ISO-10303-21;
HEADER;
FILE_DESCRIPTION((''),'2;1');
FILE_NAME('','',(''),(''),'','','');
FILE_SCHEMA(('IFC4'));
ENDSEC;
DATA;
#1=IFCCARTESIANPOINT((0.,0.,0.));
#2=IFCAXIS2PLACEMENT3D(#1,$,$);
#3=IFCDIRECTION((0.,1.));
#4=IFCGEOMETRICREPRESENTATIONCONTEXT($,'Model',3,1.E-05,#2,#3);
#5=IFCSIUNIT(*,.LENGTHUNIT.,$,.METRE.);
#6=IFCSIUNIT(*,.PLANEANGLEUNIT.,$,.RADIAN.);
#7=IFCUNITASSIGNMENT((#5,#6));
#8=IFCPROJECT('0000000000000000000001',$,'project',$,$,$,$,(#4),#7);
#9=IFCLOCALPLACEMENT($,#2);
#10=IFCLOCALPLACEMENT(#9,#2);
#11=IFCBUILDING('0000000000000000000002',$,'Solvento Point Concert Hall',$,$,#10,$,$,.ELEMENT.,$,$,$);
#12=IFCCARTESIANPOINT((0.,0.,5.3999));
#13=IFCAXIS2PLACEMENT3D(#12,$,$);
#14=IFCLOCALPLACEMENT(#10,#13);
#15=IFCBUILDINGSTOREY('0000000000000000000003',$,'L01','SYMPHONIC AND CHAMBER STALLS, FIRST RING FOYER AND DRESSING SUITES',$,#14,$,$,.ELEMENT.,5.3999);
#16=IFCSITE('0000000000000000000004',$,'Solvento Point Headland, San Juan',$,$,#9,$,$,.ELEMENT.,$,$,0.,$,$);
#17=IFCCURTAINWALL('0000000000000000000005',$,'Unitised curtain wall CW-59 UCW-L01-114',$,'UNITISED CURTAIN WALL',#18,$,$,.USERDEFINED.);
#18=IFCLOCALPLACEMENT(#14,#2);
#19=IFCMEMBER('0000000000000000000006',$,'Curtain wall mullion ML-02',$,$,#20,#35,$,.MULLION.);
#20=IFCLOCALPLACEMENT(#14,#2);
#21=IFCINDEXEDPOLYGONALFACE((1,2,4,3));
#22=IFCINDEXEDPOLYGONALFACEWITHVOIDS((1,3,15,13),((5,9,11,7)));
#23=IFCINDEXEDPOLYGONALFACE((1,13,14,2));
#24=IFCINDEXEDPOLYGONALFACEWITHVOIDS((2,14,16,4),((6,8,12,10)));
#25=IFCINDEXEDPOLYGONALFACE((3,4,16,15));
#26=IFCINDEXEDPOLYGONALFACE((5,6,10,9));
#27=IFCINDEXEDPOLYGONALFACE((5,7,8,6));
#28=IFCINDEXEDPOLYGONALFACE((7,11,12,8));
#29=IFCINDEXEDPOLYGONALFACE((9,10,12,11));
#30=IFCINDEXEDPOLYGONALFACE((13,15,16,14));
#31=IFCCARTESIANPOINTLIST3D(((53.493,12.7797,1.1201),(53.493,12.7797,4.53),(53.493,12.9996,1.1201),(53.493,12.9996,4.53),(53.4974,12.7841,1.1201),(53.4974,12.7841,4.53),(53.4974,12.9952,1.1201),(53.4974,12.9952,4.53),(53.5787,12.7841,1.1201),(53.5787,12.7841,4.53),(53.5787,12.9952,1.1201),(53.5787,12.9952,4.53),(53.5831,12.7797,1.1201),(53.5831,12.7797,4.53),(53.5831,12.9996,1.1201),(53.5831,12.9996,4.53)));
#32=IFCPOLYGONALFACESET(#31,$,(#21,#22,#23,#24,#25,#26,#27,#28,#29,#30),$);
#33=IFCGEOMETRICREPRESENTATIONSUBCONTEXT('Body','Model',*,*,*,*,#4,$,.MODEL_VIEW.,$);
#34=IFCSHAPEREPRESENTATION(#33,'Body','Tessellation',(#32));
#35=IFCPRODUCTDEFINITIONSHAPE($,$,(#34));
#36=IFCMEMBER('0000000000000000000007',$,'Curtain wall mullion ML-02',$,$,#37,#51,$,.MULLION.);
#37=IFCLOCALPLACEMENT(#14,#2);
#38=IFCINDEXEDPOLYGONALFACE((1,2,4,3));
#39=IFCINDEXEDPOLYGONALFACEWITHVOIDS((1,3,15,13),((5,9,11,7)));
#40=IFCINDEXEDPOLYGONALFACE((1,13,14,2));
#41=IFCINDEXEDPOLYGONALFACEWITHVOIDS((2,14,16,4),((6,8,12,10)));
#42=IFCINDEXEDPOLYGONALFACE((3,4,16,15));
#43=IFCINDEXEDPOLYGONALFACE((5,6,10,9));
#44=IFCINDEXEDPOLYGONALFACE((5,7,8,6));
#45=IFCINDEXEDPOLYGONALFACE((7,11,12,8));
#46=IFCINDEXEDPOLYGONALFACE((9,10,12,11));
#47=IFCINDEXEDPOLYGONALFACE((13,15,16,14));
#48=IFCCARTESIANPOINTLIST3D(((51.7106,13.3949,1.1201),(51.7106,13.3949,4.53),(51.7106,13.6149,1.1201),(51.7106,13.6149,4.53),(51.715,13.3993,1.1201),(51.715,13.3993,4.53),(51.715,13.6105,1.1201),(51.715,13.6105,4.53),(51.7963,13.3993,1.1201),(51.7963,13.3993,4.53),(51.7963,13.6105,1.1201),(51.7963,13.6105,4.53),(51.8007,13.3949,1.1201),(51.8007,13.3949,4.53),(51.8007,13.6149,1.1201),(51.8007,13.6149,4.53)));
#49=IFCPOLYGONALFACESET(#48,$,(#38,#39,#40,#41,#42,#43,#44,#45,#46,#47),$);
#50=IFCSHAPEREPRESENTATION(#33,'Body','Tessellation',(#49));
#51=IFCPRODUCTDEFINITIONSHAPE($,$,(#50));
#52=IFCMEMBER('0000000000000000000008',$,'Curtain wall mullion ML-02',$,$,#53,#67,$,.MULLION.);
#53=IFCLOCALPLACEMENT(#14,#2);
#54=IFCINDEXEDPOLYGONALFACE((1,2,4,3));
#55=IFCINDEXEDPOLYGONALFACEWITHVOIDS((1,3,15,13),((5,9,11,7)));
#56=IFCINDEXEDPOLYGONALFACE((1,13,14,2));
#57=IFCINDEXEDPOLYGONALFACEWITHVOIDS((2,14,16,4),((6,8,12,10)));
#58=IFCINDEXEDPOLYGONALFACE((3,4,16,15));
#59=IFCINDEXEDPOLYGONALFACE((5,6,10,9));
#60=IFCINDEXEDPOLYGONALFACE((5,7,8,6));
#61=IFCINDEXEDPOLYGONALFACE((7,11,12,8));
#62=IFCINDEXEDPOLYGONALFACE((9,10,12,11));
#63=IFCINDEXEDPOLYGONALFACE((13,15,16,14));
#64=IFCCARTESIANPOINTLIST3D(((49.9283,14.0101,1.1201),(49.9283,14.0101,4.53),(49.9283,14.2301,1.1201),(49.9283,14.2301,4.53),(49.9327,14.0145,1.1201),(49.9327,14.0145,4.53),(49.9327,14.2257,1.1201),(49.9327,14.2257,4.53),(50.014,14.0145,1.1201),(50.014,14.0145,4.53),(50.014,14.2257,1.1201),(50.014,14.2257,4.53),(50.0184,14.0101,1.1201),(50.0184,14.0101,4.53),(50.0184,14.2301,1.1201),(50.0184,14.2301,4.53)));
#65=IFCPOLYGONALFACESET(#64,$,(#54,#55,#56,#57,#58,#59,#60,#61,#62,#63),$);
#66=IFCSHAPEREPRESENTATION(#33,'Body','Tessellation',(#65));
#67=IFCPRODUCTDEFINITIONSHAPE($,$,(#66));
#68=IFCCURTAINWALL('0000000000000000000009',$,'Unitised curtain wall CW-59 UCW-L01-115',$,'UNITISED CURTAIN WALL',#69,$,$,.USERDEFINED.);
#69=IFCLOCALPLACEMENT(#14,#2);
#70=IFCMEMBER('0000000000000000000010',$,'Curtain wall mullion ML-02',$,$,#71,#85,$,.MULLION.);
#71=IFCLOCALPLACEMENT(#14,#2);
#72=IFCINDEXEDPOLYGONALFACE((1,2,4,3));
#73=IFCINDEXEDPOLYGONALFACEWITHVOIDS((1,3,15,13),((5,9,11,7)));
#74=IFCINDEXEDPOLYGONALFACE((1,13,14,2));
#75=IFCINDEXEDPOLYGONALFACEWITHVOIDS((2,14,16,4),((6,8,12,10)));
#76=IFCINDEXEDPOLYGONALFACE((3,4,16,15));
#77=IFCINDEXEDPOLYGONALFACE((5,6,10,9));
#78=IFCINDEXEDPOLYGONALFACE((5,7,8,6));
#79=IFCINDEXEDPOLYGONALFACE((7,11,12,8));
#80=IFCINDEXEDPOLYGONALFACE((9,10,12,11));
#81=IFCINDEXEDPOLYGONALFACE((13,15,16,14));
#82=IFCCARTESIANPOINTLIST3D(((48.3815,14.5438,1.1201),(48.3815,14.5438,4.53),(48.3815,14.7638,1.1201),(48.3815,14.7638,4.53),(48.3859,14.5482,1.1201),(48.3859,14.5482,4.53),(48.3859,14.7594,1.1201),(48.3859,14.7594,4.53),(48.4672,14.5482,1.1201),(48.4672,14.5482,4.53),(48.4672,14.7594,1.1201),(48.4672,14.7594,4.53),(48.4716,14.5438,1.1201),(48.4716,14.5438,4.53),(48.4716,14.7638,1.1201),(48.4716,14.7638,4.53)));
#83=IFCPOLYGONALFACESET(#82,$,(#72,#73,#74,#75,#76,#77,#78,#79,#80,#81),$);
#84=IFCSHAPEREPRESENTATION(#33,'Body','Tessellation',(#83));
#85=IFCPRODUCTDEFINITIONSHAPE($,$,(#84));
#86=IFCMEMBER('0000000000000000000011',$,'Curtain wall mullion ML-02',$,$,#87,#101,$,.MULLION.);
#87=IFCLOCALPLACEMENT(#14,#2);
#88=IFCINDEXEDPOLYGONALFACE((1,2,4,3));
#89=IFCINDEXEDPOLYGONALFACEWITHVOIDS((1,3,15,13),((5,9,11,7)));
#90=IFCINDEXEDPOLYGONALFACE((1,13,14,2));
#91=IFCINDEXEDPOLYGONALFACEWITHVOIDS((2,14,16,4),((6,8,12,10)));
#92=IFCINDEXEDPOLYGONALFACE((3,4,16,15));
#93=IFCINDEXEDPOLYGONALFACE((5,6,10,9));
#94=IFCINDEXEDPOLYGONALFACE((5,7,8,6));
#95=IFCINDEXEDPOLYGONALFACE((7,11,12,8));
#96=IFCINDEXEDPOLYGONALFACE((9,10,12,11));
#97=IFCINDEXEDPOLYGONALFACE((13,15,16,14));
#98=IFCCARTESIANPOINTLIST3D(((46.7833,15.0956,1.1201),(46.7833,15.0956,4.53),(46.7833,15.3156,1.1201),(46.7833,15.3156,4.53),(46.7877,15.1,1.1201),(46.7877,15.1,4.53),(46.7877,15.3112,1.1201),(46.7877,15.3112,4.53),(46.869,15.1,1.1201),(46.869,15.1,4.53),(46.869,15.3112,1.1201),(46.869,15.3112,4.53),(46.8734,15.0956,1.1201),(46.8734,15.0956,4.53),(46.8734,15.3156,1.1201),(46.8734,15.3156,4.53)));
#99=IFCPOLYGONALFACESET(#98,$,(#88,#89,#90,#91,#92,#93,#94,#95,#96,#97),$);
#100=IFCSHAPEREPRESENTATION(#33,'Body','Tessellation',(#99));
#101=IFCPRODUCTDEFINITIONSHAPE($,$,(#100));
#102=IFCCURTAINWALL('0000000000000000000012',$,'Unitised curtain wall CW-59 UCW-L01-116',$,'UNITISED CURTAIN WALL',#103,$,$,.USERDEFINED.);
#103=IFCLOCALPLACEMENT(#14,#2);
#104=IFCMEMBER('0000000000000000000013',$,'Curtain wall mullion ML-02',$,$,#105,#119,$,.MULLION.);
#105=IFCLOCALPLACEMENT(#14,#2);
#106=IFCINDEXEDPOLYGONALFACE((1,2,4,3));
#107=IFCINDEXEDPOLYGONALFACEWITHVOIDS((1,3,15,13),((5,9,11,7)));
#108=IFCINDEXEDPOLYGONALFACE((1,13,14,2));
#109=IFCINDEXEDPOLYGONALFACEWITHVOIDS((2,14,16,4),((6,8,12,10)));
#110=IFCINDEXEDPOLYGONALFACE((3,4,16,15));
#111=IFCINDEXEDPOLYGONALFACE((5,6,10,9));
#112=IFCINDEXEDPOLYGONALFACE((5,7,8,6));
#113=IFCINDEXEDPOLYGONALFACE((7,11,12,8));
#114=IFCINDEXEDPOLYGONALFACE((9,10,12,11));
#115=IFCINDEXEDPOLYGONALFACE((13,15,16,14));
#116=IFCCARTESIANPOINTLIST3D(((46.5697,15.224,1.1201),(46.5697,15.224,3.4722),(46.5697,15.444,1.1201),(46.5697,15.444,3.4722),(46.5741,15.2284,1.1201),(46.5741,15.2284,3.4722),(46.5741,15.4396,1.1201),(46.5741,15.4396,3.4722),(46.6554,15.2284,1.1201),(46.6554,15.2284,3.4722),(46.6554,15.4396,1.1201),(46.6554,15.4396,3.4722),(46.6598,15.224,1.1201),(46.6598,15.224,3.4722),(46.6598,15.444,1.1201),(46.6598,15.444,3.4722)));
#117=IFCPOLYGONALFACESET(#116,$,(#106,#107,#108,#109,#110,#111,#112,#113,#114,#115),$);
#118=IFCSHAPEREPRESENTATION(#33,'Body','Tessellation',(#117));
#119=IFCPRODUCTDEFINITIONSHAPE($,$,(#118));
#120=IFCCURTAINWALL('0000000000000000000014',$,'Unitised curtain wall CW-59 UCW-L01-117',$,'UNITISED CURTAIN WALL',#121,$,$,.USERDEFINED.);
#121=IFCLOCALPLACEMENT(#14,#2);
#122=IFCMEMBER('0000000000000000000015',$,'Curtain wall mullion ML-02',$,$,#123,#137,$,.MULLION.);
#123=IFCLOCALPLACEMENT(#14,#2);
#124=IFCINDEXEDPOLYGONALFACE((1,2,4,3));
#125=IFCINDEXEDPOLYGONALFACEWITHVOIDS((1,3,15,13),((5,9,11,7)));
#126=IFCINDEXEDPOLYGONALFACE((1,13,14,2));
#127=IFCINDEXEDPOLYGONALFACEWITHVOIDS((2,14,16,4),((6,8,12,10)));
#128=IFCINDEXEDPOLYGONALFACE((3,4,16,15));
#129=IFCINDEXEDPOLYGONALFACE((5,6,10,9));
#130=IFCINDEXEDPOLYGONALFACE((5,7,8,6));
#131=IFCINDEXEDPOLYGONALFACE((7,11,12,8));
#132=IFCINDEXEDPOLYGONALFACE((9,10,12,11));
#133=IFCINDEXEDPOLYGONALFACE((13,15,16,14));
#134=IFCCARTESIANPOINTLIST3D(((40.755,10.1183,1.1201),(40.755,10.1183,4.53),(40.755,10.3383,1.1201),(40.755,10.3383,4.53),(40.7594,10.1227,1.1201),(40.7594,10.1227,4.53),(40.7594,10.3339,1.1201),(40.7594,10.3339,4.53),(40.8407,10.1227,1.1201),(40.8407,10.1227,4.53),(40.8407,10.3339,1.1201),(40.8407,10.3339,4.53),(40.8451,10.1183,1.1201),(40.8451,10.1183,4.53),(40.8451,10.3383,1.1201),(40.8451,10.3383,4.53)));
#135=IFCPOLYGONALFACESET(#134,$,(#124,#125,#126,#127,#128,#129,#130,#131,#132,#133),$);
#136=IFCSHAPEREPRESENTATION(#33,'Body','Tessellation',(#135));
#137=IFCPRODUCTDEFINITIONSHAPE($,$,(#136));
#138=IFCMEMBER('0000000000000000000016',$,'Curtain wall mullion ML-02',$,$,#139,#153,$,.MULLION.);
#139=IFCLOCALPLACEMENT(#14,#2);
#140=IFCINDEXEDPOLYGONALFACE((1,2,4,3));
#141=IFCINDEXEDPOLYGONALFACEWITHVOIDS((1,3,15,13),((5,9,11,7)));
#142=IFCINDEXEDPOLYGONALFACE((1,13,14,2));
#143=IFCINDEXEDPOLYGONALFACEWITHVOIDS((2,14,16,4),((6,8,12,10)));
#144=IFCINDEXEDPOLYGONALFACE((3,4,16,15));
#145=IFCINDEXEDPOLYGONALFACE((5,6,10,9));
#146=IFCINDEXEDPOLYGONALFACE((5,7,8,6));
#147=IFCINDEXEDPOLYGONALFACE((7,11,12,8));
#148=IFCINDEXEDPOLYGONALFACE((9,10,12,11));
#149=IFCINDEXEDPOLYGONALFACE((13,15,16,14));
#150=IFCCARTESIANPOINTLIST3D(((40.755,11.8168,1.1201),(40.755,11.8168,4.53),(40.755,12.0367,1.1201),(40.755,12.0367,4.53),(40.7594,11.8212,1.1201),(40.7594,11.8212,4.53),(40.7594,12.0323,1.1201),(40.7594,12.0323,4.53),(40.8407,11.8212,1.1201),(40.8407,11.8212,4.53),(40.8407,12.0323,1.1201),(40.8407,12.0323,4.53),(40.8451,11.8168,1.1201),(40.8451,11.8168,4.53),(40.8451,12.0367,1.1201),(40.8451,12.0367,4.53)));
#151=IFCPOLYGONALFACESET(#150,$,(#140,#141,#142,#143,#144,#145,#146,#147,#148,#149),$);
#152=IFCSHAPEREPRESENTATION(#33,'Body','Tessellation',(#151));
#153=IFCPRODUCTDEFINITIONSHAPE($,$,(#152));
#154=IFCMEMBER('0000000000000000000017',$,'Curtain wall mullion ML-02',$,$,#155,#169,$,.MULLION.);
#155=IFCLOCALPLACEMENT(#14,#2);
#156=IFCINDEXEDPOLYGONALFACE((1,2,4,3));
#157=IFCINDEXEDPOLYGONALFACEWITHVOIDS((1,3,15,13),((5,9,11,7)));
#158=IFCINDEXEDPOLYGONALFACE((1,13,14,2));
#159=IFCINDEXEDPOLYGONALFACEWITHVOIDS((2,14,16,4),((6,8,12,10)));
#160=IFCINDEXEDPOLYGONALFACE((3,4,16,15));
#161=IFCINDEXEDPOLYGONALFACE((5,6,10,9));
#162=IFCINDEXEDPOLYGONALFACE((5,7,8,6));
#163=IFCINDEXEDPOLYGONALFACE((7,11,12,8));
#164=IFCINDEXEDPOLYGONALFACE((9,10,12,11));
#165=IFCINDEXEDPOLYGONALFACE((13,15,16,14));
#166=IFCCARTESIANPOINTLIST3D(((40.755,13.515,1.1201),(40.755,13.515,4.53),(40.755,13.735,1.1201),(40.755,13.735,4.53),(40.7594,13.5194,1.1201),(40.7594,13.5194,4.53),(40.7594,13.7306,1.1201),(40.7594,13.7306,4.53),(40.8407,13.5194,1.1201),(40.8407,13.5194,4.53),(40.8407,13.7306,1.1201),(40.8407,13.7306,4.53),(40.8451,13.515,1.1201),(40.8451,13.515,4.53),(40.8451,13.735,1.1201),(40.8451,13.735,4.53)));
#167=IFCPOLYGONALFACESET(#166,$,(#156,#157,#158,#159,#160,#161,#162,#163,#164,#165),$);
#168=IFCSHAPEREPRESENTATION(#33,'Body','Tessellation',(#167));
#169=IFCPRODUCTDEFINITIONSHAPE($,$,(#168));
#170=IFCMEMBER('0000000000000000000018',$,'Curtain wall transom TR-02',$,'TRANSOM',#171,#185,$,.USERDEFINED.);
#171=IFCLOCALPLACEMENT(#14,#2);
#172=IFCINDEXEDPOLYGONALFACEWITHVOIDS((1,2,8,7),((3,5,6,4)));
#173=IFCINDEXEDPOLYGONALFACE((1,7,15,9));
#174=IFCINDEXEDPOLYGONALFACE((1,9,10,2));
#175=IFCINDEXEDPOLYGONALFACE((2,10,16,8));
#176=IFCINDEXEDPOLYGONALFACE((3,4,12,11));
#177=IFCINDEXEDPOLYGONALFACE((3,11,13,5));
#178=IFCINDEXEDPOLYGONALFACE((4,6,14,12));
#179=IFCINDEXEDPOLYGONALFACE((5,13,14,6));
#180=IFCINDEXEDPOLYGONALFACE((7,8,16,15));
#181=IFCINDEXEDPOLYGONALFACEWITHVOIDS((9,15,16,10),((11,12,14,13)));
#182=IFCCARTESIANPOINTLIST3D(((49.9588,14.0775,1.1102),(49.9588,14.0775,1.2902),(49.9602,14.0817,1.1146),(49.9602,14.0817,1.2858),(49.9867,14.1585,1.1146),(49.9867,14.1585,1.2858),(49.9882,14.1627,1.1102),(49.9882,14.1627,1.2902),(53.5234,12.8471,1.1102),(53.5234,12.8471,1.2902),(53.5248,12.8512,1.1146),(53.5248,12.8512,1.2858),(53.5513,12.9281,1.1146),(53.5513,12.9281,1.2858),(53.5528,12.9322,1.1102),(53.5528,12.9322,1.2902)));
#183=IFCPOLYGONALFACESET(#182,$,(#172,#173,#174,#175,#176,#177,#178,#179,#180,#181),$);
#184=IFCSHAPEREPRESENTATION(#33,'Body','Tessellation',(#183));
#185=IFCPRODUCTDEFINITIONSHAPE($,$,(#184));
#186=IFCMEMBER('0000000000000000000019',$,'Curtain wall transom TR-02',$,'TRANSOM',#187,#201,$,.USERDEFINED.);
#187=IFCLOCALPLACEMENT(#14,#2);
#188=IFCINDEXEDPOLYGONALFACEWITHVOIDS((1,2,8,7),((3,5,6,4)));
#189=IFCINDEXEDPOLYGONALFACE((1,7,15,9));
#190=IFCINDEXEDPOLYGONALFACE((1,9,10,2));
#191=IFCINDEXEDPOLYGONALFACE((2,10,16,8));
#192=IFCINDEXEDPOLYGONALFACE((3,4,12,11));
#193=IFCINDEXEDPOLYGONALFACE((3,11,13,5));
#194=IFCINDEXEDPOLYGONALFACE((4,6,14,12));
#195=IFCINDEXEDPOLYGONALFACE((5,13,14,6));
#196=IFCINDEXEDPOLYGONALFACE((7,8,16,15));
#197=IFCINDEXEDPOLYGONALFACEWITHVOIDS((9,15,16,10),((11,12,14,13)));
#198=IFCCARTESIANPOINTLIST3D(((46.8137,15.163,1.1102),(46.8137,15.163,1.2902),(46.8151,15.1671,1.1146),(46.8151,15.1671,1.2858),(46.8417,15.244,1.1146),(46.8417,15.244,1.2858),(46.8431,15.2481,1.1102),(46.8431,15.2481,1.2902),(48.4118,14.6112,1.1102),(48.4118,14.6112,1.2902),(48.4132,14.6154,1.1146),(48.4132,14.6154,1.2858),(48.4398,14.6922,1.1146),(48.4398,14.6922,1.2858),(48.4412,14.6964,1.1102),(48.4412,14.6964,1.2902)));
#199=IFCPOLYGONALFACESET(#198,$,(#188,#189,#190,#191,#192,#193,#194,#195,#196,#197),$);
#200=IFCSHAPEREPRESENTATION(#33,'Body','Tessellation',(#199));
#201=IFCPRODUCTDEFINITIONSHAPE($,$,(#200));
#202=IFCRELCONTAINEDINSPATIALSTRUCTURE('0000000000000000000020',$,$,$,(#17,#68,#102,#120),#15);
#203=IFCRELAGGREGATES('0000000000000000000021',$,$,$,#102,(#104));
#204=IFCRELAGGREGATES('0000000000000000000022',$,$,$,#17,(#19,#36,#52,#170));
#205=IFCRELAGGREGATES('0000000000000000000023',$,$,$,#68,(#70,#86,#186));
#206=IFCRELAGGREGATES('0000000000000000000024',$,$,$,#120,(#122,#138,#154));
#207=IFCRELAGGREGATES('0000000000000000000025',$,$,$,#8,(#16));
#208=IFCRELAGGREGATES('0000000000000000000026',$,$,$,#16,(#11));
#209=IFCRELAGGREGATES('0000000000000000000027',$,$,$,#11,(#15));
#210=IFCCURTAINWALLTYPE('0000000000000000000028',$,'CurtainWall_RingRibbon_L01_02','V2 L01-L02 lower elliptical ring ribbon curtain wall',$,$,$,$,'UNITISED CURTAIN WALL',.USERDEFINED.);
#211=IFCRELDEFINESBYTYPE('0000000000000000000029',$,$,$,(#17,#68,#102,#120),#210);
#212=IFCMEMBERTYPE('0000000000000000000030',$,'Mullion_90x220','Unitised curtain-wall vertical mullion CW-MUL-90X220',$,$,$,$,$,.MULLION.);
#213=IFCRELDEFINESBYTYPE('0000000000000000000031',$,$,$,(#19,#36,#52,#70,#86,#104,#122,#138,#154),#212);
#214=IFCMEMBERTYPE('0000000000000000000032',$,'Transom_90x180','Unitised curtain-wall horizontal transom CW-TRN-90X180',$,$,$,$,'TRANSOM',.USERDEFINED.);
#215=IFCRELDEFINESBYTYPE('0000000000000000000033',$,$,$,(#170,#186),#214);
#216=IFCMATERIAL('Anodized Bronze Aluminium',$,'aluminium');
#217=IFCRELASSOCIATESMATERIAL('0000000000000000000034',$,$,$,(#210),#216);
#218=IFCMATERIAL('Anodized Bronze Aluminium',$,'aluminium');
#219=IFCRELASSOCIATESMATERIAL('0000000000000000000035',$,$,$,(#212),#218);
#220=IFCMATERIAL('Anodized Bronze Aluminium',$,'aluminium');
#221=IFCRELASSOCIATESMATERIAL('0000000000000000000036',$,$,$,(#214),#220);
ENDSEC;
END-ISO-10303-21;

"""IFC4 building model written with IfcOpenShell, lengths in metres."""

from ifc_helpers import new_model, si_unit, direction, frame, origin, origin_2d, place, context, subcontext, project, spatial, hollow_rectangle, extrude, material, material_profile, profile_set, type_object, element, aggregate, save


model = new_model("IFC4")

# Units and contexts
model_context = context("Model", 3, precision=1e-05, world=origin(), true_north=direction((0.0, 1.0)))
body_context = subcontext(model_context, "Body", "Model", "MODEL_VIEW")
ifc_project = project(units=[si_unit("LENGTHUNIT", "METRE"), si_unit("PLANEANGLEUNIT", "RADIAN")], contexts=[model_context])

# Site, building, storey
site_placement = place(None, origin())
site = spatial("IfcSite", under=ifc_project, at=site_placement, Name="Solvento Point Headland, San Juan", CompositionType="ELEMENT", RefElevation=0.0)
building_placement = place(site_placement, origin())
building = spatial("IfcBuilding", under=site, at=building_placement, Name="Solvento Point Concert Hall", CompositionType="ELEMENT")
storey_placement = place(building_placement, frame((0.0, 0.0, 5.3999)))
storey = spatial("IfcBuildingStorey", under=building, at=storey_placement, Name="L01", Description="SYMPHONIC AND CHAMBER STALLS, FIRST RING FOYER AND DRESSING SUITES", CompositionType="ELEMENT", Elevation=5.3999)

# Curtain walls, members
ifc_material_1 = material(Name="Anodized Bronze Aluminium", Category="aluminium")
curtain_wall_type = type_object("IfcCurtainWallType", Name="CurtainWall_RingRibbon_L01_02", Description="V2 L01-L02 lower elliptical ring ribbon curtain wall", ElementType="UNITISED CURTAIN WALL", PredefinedType="USERDEFINED", material=ifc_material_1)
curtain_wall_1_placement = place(storey_placement, origin())
curtain_wall_1 = element("IfcCurtainWall", 1, at=curtain_wall_1_placement, inside=storey, type_object=curtain_wall_type, Name="Unitised curtain wall CW-59 UCW-L01-114", ObjectType="UNITISED CURTAIN WALL", PredefinedType="USERDEFINED")
ifc_material_2 = material(Name="Anodized Bronze Aluminium", Category="aluminium")
ifc_material_profile_1 = material_profile(ifc_material_2, hollow_rectangle(XDim=0.0901, YDim=0.22, WallThickness=0.0044, at=origin_2d()), Name="CW-MUL-90X220")
ifc_profile_set_1 = profile_set([ifc_material_profile_1], Name="Anodized Bronze Aluminium")
member_type_1 = type_object("IfcMemberType", Name="Mullion_90x220", Description="Unitised curtain-wall vertical mullion CW-MUL-90X220", PredefinedType="MULLION", material=ifc_profile_set_1)
member_1_placement = place(storey_placement, frame((53.5381, 12.8896, 1.1201), z_axis=(0.0, 0.0, 1.0), x_axis=(1.0, 0.0, 0.0)))
member_1 = element("IfcMember", 2, at=member_1_placement, type_object=member_type_1, Name="Curtain wall mullion ML-02", PredefinedType="MULLION", context=body_context, shape_type="SweptSolid", body=[
    extrude(hollow_rectangle(XDim=0.0901, YDim=0.22, WallThickness=0.0044, at=origin_2d()), origin(), (0.0, 0.0, 1.0), 3.4099),
])
member_2_placement = place(storey_placement, frame((51.7556, 13.5049, 1.1201), z_axis=(0.0, 0.0, 1.0), x_axis=(1.0, 0.0, 0.0)))
member_2 = element("IfcMember", 3, at=member_2_placement, type_object=member_type_1, Name="Curtain wall mullion ML-02", PredefinedType="MULLION", context=body_context, shape_type="SweptSolid", body=[
    extrude(hollow_rectangle(XDim=0.0901, YDim=0.22, WallThickness=0.0044, at=origin_2d()), origin(), (0.0, 0.0, 1.0), 3.4099),
])
member_3_placement = place(storey_placement, frame((49.9734, 14.1201, 1.1201), z_axis=(0.0, 0.0, 1.0), x_axis=(1.0, 0.0, 0.0)))
member_3 = element("IfcMember", 4, at=member_3_placement, type_object=member_type_1, Name="Curtain wall mullion ML-02", PredefinedType="MULLION", context=body_context, shape_type="SweptSolid", body=[
    extrude(hollow_rectangle(XDim=0.0901, YDim=0.22, WallThickness=0.0044, at=origin_2d()), origin(), (0.0, 0.0, 1.0), 3.4099),
])
curtain_wall_2_placement = place(storey_placement, origin())
curtain_wall_2 = element("IfcCurtainWall", 5, at=curtain_wall_2_placement, inside=storey, type_object=curtain_wall_type, Name="Unitised curtain wall CW-59 UCW-L01-115", ObjectType="UNITISED CURTAIN WALL", PredefinedType="USERDEFINED")
member_4_placement = place(storey_placement, frame((48.4265, 14.6538, 1.1201), z_axis=(0.0, 0.0, 1.0), x_axis=(1.0, 0.0, 0.0)))
member_4 = element("IfcMember", 6, at=member_4_placement, type_object=member_type_1, Name="Curtain wall mullion ML-02", PredefinedType="MULLION", context=body_context, shape_type="SweptSolid", body=[
    extrude(hollow_rectangle(XDim=0.0901, YDim=0.22, WallThickness=0.0044, at=origin_2d()), origin(), (0.0, 0.0, 1.0), 3.4099),
])
member_5_placement = place(storey_placement, frame((46.8284, 15.2056, 1.1201), z_axis=(0.0, 0.0, 1.0), x_axis=(1.0, 0.0, 0.0)))
member_5 = element("IfcMember", 7, at=member_5_placement, type_object=member_type_1, Name="Curtain wall mullion ML-02", PredefinedType="MULLION", context=body_context, shape_type="SweptSolid", body=[
    extrude(hollow_rectangle(XDim=0.0901, YDim=0.22, WallThickness=0.0044, at=origin_2d()), origin(), (0.0, 0.0, 1.0), 3.4099),
])

# Curtain wall, member
curtain_wall_3_placement = place(storey_placement, origin())
curtain_wall_3 = element("IfcCurtainWall", 8, at=curtain_wall_3_placement, inside=storey, type_object=curtain_wall_type, Name="Unitised curtain wall CW-59 UCW-L01-116", ObjectType="UNITISED CURTAIN WALL", PredefinedType="USERDEFINED")
member_6_placement = place(storey_placement, frame((46.6147, 15.334, 1.1201), z_axis=(0.0, 0.0, 1.0), x_axis=(1.0, 0.0, 0.0)))
member_6 = element("IfcMember", 9, at=member_6_placement, type_object=member_type_1, Name="Curtain wall mullion ML-02", PredefinedType="MULLION", context=body_context, shape_type="SweptSolid", body=[
    extrude(hollow_rectangle(XDim=0.0901, YDim=0.22, WallThickness=0.0044, at=origin_2d()), origin(), (0.0, 0.0, 1.0), 2.3521),
])

# Curtain wall, members
curtain_wall_4_placement = place(storey_placement, origin())
curtain_wall_4 = element("IfcCurtainWall", 10, at=curtain_wall_4_placement, inside=storey, type_object=curtain_wall_type, Name="Unitised curtain wall CW-59 UCW-L01-117", ObjectType="UNITISED CURTAIN WALL", PredefinedType="USERDEFINED")
member_7_placement = place(storey_placement, frame((40.8, 10.2283, 1.1201), z_axis=(0.0, 0.0, 1.0), x_axis=(1.0, 0.0, 0.0)))
member_7 = element("IfcMember", 11, at=member_7_placement, type_object=member_type_1, Name="Curtain wall mullion ML-02", PredefinedType="MULLION", context=body_context, shape_type="SweptSolid", body=[
    extrude(hollow_rectangle(XDim=0.0901, YDim=0.22, WallThickness=0.0044, at=origin_2d()), origin(), (0.0, 0.0, 1.0), 3.4099),
])
member_8_placement = place(storey_placement, frame((40.8, 11.9268, 1.1201), z_axis=(0.0, 0.0, 1.0), x_axis=(1.0, 0.0, 0.0)))
member_8 = element("IfcMember", 12, at=member_8_placement, type_object=member_type_1, Name="Curtain wall mullion ML-02", PredefinedType="MULLION", context=body_context, shape_type="SweptSolid", body=[
    extrude(hollow_rectangle(XDim=0.0901, YDim=0.22, WallThickness=0.0044, at=origin_2d()), origin(), (0.0, 0.0, 1.0), 3.4099),
])
member_9_placement = place(storey_placement, frame((40.8, 13.625, 1.1201), z_axis=(0.0, 0.0, 1.0), x_axis=(1.0, 0.0, 0.0)))
member_9 = element("IfcMember", 13, at=member_9_placement, type_object=member_type_1, Name="Curtain wall mullion ML-02", PredefinedType="MULLION", context=body_context, shape_type="SweptSolid", body=[
    extrude(hollow_rectangle(XDim=0.0901, YDim=0.22, WallThickness=0.0044, at=origin_2d()), origin(), (0.0, 0.0, 1.0), 3.4099),
])

# Members
ifc_material_3 = material(Name="Anodized Bronze Aluminium", Category="aluminium")
ifc_material_profile_2 = material_profile(ifc_material_3, hollow_rectangle(XDim=0.0901, YDim=0.1799, WallThickness=0.0044, at=origin_2d()), Name="CW-TRN-90X180")
ifc_profile_set_2 = profile_set([ifc_material_profile_2], Name="Anodized Bronze Aluminium")
member_type_2 = type_object("IfcMemberType", Name="Transom_90x180", Description="Unitised curtain-wall horizontal transom CW-TRN-90X180", ElementType="TRANSOM", PredefinedType="USERDEFINED", material=ifc_profile_set_2)
member_10_placement = place(storey_placement, frame((53.5381, 12.8896, 1.2002), z_axis=(-0.94527, 0.32629, 0.0), x_axis=(-0.32629, -0.94527, 0.0)))
member_10 = element("IfcMember", 14, at=member_10_placement, type_object=member_type_2, Name="Curtain wall transom TR-02", ObjectType="TRANSOM", PredefinedType="USERDEFINED", context=body_context, shape_type="SweptSolid", body=[
    extrude(hollow_rectangle(XDim=0.0901, YDim=0.1799, WallThickness=0.0044, at=origin_2d()), origin(), (0.0, 0.0, 1.0), 3.771),
])
member_11_placement = place(storey_placement, frame((48.4265, 14.6538, 1.2002), z_axis=(-0.94525, 0.326347, 0.0), x_axis=(-0.326347, -0.94525, 0.0)))
member_11 = element("IfcMember", 15, at=member_11_placement, type_object=member_type_2, Name="Curtain wall transom TR-02", ObjectType="TRANSOM", PredefinedType="USERDEFINED", context=body_context, shape_type="SweptSolid", body=[
    extrude(hollow_rectangle(XDim=0.0901, YDim=0.1799, WallThickness=0.0044, at=origin_2d()), origin(), (0.0, 0.0, 1.0), 1.6907),
])
aggregate(curtain_wall_3, [member_6])

aggregate(curtain_wall_1, [member_1, member_2, member_3, member_10])
aggregate(curtain_wall_2, [member_4, member_5, member_11])
aggregate(curtain_wall_4, [member_7, member_8, member_9])

save(model, "model.ifc")
